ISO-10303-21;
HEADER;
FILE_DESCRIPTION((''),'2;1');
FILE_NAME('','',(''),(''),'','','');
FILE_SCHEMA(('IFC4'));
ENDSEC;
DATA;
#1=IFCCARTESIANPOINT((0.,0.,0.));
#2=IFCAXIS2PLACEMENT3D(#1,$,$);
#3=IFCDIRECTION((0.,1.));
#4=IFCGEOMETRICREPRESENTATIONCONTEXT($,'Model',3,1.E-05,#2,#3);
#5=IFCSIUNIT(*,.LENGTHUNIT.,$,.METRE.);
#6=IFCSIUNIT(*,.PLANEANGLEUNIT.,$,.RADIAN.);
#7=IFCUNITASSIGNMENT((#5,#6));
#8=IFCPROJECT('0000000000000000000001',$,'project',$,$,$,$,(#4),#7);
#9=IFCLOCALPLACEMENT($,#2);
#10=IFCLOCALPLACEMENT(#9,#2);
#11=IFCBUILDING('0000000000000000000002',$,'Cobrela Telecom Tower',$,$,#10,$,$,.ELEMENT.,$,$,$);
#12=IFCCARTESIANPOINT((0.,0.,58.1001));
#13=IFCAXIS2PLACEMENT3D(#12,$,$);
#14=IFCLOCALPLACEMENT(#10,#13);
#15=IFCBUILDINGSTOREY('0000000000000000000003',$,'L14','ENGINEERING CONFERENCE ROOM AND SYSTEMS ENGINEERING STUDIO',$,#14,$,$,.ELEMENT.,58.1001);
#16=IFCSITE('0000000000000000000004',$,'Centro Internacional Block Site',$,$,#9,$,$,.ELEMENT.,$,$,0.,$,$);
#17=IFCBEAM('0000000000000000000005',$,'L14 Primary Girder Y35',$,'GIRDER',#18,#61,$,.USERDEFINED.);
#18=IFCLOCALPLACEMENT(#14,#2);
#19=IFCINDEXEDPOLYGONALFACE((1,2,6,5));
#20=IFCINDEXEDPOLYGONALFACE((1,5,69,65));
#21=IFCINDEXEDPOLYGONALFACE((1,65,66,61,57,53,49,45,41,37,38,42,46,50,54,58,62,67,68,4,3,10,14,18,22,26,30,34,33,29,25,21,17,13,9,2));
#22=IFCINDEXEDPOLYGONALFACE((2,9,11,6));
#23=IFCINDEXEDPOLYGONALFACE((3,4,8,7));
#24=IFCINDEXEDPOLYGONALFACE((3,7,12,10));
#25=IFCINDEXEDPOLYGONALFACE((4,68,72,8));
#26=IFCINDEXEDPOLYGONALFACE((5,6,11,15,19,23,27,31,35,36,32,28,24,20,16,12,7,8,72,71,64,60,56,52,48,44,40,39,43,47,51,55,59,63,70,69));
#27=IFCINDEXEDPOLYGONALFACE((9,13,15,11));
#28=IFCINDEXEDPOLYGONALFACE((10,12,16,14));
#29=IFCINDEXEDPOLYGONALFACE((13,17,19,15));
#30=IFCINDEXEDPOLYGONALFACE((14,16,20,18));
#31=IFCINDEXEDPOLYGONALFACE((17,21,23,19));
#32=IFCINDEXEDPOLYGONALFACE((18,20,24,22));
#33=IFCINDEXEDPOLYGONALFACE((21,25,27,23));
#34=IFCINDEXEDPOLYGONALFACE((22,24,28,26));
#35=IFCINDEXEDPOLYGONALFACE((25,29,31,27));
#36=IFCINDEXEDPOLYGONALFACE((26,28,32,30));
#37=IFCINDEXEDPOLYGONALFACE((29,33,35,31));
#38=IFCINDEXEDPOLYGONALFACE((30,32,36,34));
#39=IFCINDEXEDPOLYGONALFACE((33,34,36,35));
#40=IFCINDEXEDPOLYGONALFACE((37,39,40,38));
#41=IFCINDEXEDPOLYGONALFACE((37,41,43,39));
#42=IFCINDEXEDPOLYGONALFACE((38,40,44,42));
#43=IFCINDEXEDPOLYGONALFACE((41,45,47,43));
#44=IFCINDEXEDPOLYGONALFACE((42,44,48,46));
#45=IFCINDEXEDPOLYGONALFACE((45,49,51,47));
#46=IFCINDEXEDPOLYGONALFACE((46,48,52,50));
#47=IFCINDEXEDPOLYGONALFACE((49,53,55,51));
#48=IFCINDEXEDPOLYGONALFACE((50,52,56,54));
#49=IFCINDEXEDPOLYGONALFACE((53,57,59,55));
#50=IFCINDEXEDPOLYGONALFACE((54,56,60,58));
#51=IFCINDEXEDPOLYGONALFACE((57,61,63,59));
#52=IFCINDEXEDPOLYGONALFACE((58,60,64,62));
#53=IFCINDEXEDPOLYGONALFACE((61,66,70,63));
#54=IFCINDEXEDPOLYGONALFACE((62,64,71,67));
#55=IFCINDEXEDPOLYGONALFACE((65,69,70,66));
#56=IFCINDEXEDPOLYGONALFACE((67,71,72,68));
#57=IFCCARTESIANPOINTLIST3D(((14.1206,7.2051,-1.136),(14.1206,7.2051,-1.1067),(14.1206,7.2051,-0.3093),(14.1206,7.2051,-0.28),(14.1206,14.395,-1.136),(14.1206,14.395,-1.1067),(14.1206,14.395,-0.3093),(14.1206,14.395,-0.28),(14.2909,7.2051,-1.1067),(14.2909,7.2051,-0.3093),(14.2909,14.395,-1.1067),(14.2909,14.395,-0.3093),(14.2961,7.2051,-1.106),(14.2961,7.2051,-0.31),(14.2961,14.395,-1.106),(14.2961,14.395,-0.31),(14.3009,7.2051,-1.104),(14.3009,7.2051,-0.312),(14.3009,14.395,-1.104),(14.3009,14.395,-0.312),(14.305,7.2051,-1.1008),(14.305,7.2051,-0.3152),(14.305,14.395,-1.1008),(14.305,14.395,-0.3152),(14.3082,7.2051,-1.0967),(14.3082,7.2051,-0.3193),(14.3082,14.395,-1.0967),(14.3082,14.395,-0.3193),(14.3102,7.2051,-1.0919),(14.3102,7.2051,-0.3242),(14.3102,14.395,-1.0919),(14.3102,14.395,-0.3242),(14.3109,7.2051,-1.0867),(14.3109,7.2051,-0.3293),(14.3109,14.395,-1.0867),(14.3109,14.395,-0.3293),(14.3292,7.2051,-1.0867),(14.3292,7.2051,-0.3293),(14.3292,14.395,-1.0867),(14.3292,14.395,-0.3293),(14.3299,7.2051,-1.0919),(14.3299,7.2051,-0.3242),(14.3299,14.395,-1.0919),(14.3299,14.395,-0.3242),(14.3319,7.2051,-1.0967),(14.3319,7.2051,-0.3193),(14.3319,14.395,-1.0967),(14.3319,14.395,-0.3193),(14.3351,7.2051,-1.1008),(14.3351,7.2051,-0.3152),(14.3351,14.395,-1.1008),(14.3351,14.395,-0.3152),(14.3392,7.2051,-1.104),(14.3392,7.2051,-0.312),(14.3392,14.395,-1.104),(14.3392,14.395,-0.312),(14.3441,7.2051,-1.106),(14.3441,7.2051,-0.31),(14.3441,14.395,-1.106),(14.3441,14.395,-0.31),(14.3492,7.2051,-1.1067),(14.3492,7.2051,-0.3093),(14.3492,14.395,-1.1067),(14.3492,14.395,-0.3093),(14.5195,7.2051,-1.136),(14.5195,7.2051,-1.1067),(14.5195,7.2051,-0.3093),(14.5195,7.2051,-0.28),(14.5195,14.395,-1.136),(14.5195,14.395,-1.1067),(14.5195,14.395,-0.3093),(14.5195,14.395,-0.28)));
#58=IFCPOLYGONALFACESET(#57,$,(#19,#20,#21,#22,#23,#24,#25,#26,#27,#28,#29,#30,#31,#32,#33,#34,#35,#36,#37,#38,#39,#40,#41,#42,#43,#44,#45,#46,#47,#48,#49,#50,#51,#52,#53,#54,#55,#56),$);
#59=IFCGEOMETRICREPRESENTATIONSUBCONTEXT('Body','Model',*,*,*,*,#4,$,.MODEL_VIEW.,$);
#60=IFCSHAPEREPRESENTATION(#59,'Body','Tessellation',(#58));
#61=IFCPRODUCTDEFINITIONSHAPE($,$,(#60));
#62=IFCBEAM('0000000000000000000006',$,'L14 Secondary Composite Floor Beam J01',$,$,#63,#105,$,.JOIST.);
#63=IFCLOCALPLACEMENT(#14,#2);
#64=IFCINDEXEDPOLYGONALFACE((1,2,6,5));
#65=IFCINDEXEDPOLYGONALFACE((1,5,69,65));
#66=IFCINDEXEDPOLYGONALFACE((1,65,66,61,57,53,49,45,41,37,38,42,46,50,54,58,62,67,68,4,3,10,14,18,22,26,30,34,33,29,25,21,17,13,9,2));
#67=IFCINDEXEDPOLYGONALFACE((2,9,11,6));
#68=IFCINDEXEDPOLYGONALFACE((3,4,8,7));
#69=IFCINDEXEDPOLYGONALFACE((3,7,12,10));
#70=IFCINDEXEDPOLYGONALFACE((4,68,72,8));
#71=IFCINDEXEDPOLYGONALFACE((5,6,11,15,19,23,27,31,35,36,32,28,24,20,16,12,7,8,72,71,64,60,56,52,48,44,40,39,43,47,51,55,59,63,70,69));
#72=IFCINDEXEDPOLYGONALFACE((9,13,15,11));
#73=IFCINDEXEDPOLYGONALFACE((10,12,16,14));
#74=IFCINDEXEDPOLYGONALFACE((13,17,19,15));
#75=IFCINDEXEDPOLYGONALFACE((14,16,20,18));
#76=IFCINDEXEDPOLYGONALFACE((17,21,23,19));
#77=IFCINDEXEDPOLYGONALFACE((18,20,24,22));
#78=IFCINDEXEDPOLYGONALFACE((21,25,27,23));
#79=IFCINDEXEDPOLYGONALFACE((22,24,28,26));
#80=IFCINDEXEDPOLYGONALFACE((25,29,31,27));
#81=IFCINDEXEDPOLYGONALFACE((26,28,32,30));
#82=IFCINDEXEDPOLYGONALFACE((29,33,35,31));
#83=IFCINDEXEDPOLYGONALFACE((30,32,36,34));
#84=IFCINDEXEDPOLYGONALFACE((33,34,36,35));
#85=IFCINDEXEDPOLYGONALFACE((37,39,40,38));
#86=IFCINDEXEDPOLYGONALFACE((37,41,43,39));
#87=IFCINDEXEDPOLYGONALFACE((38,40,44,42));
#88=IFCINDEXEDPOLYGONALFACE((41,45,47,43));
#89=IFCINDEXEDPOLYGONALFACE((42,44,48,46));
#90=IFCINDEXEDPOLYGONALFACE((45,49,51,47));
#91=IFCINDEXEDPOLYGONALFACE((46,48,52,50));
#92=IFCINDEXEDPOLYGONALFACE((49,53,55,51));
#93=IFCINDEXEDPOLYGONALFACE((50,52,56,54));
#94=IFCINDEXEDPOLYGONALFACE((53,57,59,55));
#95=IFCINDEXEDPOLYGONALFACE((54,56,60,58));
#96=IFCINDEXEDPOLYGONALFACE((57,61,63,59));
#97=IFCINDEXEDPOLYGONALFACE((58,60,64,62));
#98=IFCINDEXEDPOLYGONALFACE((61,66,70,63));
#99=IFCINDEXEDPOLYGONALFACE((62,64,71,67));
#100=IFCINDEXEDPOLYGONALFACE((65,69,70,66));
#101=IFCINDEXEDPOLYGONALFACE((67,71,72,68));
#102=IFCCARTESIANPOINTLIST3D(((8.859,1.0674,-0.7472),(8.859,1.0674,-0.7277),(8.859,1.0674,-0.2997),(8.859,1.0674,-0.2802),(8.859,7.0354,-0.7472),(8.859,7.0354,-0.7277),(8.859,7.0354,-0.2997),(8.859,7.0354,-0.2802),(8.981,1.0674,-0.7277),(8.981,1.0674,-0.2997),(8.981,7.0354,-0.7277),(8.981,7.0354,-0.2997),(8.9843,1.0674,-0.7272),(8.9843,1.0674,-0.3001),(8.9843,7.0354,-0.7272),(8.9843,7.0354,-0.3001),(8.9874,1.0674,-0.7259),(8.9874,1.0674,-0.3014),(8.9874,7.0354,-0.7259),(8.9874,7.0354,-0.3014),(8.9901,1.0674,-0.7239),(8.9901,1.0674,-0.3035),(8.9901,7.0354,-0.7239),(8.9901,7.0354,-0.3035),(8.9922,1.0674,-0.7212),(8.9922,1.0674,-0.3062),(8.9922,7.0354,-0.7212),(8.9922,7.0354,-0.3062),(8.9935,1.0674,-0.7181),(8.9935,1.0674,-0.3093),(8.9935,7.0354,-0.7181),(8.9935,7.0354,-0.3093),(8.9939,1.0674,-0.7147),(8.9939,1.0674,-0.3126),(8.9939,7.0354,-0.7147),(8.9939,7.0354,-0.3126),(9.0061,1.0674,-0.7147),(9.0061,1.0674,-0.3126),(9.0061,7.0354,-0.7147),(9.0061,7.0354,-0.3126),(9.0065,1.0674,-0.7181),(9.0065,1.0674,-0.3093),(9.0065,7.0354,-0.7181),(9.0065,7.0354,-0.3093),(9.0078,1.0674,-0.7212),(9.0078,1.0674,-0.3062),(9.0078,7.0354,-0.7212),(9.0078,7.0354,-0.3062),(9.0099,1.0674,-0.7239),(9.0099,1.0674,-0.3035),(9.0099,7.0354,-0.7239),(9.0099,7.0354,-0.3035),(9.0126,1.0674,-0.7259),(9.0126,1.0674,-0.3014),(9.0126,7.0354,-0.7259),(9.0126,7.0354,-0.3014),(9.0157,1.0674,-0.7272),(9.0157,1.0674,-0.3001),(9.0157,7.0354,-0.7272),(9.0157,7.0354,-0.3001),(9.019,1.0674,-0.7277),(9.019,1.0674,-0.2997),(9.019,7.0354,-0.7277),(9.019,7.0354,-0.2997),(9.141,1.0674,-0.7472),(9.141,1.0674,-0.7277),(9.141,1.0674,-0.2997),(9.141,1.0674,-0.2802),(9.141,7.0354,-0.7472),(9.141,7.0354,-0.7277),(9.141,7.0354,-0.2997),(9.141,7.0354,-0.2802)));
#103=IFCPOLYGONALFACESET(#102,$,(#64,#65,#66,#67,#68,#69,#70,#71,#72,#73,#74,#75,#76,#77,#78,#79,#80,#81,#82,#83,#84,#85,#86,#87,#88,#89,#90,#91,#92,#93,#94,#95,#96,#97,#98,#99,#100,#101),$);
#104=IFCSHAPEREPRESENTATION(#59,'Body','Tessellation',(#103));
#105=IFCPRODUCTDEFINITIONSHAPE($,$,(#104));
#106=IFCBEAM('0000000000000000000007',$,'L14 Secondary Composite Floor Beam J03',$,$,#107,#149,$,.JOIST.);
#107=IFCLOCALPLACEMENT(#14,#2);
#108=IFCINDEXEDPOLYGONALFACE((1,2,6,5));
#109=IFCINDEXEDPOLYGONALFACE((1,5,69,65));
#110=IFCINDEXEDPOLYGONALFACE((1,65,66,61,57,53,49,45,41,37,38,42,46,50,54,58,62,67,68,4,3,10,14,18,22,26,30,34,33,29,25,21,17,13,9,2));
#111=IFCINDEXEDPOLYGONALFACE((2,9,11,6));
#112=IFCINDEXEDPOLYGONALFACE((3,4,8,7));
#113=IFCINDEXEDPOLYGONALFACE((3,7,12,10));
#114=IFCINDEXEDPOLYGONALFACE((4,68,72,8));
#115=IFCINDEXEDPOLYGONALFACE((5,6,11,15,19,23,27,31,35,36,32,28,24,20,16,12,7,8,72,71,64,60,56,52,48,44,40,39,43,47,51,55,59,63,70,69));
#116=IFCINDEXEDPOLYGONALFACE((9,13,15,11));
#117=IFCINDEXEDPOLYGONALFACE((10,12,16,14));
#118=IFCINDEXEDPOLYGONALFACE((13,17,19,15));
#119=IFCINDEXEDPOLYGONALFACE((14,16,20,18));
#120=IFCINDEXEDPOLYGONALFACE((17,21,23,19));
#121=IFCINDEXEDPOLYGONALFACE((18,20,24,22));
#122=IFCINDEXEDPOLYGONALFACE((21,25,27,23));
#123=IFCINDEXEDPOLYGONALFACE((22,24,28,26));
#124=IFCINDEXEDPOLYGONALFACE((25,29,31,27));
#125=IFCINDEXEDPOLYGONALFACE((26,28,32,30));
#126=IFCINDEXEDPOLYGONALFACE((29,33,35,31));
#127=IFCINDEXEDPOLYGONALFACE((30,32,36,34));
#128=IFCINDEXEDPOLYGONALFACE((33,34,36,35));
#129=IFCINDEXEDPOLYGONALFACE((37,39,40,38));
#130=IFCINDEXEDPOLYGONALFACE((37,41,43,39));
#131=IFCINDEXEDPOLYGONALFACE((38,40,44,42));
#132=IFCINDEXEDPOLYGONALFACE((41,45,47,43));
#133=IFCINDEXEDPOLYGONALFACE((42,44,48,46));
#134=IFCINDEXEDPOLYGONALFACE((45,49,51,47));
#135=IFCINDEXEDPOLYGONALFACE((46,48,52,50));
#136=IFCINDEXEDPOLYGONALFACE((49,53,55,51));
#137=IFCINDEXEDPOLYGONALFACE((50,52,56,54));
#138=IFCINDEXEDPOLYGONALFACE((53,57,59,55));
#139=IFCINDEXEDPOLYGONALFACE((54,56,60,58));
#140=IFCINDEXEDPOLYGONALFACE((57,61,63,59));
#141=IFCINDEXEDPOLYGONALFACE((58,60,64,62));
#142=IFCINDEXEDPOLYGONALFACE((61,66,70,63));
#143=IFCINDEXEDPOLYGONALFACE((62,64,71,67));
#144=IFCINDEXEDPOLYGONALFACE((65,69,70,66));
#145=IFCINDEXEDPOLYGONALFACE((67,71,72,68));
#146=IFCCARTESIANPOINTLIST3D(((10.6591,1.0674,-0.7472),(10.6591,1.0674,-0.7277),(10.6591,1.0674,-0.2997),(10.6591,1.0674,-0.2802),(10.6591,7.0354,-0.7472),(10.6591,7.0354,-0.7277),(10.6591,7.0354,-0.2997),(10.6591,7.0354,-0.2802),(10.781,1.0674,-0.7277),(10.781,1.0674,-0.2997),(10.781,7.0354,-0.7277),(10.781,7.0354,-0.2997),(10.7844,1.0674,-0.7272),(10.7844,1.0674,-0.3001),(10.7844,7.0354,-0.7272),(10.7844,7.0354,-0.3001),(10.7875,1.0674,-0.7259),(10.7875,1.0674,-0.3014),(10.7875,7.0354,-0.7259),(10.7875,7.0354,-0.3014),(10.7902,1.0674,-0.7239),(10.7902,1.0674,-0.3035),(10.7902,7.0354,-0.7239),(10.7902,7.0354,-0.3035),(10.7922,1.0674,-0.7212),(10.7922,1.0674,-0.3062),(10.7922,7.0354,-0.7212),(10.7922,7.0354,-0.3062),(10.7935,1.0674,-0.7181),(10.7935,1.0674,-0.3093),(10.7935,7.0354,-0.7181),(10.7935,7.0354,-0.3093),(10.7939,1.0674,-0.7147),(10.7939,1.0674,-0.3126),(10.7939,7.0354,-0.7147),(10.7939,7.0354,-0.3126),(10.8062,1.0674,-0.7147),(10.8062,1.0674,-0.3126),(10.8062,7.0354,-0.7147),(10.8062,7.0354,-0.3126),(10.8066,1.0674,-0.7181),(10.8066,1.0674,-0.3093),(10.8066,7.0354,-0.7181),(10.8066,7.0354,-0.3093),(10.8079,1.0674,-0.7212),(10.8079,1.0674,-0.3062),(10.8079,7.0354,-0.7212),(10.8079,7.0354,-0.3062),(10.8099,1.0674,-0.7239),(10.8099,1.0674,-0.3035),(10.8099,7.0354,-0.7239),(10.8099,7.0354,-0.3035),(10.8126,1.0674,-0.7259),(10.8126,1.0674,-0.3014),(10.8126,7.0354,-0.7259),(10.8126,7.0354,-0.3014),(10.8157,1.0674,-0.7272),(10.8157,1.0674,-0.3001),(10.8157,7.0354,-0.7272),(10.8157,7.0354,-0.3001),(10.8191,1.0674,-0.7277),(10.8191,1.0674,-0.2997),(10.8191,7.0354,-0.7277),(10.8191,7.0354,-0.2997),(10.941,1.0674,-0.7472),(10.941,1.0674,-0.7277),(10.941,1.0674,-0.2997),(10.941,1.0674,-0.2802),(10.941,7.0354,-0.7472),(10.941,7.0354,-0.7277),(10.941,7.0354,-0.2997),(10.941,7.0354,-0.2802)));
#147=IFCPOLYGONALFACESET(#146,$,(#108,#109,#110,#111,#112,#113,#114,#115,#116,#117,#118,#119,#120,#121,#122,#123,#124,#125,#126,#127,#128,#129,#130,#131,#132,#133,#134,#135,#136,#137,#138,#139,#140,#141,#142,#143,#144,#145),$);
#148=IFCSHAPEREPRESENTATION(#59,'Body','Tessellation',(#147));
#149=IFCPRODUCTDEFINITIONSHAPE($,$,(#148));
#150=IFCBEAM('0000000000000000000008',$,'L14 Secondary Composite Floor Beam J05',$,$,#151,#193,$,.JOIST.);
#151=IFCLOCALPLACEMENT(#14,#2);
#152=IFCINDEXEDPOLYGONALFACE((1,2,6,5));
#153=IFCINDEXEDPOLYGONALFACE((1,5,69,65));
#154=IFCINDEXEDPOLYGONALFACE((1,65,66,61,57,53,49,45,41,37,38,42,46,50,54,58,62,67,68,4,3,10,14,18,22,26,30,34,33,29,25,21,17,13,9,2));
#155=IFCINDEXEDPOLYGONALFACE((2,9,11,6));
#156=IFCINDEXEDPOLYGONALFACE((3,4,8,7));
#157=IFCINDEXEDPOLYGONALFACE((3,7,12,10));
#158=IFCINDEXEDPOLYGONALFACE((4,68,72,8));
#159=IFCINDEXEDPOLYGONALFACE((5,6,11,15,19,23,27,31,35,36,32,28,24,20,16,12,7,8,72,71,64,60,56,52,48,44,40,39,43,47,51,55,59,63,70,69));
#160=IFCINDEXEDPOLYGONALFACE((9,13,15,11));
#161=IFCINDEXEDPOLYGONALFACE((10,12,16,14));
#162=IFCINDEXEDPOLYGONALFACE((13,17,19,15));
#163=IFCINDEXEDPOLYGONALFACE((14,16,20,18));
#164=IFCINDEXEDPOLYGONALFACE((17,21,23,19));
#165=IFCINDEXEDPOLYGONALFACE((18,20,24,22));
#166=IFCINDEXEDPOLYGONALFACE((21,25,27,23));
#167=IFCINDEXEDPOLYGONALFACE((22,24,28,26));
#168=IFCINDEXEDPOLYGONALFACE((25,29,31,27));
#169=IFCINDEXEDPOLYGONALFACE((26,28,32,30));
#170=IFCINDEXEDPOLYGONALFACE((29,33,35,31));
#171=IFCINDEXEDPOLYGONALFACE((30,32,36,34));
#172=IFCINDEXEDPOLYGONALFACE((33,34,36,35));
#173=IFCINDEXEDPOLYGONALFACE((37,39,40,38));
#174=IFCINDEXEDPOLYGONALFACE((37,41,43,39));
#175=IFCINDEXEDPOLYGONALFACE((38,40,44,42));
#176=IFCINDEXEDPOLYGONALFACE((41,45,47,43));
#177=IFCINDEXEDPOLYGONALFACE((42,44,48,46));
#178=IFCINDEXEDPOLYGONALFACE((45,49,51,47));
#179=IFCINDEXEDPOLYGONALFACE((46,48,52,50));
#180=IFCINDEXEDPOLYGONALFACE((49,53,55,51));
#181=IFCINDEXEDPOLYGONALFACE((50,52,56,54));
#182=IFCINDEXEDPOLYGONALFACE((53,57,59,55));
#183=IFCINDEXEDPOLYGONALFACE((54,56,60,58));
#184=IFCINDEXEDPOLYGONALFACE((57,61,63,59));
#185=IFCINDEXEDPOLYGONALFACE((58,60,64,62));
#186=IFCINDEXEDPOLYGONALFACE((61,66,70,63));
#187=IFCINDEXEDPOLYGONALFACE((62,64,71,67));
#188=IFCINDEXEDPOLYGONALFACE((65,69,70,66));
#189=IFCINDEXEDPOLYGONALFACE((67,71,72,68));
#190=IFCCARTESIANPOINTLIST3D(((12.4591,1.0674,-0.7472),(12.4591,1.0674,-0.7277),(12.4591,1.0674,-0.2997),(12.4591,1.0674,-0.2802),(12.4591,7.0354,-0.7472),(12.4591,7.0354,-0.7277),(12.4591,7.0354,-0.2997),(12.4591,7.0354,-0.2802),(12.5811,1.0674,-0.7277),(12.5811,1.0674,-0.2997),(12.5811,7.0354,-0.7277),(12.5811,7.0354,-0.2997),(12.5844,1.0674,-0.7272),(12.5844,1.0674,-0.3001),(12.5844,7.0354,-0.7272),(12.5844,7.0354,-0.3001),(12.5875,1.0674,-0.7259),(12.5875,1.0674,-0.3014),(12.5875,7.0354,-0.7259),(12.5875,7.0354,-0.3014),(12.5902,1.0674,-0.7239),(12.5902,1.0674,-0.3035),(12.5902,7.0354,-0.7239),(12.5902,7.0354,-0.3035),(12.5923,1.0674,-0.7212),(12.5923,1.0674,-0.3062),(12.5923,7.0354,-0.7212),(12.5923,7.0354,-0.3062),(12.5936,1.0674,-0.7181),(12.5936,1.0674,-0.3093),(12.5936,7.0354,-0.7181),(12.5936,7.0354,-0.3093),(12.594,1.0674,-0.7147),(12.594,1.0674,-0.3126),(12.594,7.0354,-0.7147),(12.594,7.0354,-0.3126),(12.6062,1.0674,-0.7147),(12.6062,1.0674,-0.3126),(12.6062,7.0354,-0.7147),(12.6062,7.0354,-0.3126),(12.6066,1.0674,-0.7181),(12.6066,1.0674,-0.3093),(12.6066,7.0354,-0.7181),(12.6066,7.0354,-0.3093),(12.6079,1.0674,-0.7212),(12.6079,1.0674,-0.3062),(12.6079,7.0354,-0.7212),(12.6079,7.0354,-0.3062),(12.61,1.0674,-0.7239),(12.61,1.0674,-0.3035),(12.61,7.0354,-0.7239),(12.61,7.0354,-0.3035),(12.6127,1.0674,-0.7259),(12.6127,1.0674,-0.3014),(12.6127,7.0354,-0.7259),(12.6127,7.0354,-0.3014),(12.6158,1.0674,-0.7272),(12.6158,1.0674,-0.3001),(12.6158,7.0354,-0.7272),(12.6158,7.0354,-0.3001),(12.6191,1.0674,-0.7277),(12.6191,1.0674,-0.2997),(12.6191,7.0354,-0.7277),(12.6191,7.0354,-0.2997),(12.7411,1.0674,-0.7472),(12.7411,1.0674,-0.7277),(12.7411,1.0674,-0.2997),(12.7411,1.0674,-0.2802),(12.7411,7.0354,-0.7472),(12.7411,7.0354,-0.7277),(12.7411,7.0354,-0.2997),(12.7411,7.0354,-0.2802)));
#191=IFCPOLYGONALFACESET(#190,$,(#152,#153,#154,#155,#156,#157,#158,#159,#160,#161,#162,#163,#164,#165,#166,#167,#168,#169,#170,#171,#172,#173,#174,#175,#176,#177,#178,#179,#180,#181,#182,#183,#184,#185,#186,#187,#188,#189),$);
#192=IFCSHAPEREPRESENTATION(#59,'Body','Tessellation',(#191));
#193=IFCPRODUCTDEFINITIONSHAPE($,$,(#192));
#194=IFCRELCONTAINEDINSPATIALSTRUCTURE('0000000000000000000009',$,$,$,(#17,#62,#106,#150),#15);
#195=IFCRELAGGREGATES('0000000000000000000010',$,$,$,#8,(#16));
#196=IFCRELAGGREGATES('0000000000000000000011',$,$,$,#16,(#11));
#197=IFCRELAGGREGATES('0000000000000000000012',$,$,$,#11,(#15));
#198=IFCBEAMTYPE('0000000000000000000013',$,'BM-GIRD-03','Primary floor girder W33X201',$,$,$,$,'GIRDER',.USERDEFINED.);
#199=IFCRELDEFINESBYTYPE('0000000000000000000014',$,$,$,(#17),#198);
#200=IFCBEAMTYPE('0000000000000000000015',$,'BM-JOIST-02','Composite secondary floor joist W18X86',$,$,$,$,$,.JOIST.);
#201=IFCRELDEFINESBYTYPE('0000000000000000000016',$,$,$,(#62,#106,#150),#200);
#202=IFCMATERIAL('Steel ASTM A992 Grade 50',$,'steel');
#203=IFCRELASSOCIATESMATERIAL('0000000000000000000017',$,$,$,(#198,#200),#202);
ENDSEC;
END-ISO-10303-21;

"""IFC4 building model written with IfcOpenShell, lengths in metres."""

from ifc_helpers import new_model, si_unit, direction, frame, origin, origin_2d, place, context, subcontext, project, spatial, i_section, extrude, material, material_profile, profile_set, type_object, element, save


model = new_model("IFC4")

# Units and contexts
model_context = context("Model", 3, precision=1e-05, world=origin(), true_north=direction((0.0, 1.0)))
body_context = subcontext(model_context, "Body", "Model", "MODEL_VIEW")
ifc_project = project(units=[si_unit("LENGTHUNIT", "METRE"), si_unit("PLANEANGLEUNIT", "RADIAN")], contexts=[model_context])

# Site, building, storey
site_placement = place(None, origin())
site = spatial("IfcSite", under=ifc_project, at=site_placement, Name="Centro Internacional Block Site", CompositionType="ELEMENT", RefElevation=0.0)
building_placement = place(site_placement, origin())
building = spatial("IfcBuilding", under=site, at=building_placement, Name="Cobrela Telecom Tower", CompositionType="ELEMENT")
storey_placement = place(building_placement, frame((0.0, 0.0, 58.1001)))
storey = spatial("IfcBuildingStorey", under=building, at=storey_placement, Name="L14", Description="ENGINEERING CONFERENCE ROOM AND SYSTEMS ENGINEERING STUDIO", CompositionType="ELEMENT", Elevation=58.1001)

# Beams
ifc_material_1 = material(Name="Steel ASTM A992 Grade 50", Category="steel")
ifc_material_profile_1 = material_profile(ifc_material_1, i_section(OverallWidth=0.3989, OverallDepth=0.856, WebThickness=0.0183, FlangeThickness=0.0293, FilletRadius=0.02, at=origin_2d()), Name="W33X201")
ifc_profile_set_1 = profile_set([ifc_material_profile_1], Name="Steel ASTM A992 Grade 50")
beam_type_1 = type_object("IfcBeamType", Name="BM-GIRD-03", Description="Primary floor girder W33X201", ElementType="GIRDER", PredefinedType="USERDEFINED", material=ifc_profile_set_1)
beam_1_placement = place(storey_placement, frame((14.3201, 7.2051, -0.708), z_axis=(0.0, 1.0, 0.0), x_axis=(-1.0, 0.0, 0.0)))
element("IfcBeam", 1, at=beam_1_placement, inside=storey, type_object=beam_type_1, Name="L14 Primary Girder Y35", ObjectType="GIRDER", PredefinedType="USERDEFINED", context=body_context, shape_type="SweptSolid", body=[
    extrude(i_section(OverallWidth=0.3989, OverallDepth=0.856, WebThickness=0.0183, FlangeThickness=0.0293, FilletRadius=0.02, at=origin_2d()), origin(), (0.0, 0.0, 1.0), 7.1899),
])
ifc_material_profile_2 = material_profile(ifc_material_1, i_section(OverallWidth=0.282, OverallDepth=0.467, WebThickness=0.0122, FlangeThickness=0.0195, FilletRadius=0.0129, at=origin_2d()), Name="W18X86")
ifc_profile_set_2 = profile_set([ifc_material_profile_2], Name="Steel ASTM A992 Grade 50")
beam_type_2 = type_object("IfcBeamType", Name="BM-JOIST-02", Description="Composite secondary floor joist W18X86", PredefinedType="JOIST", material=ifc_profile_set_2)
for number, where, z_axis, x_axis, name in (
    (2, (9.0, 1.0674, -0.5137), (0.0, 1.0, 0.0), (-1.0, 0.0, 0.0), "L14 Secondary Composite Floor Beam J01"),
    (3, (10.8, 1.0674, -0.5137), (0.0, 1.0, 0.0), (-1.0, 0.0, 0.0), "L14 Secondary Composite Floor Beam J03"),
    (4, (12.6001, 1.0674, -0.5137), (0.0, 1.0, 0.0), (-1.0, 0.0, 0.0), "L14 Secondary Composite Floor Beam J05"),
):
    element("IfcBeam", number, at=place(storey_placement, frame(where, z_axis=z_axis, x_axis=x_axis)), inside=storey, type_object=beam_type_2, Name=name, PredefinedType="JOIST", context=body_context, shape_type="SweptSolid", body=[
        extrude(i_section(OverallWidth=0.282, OverallDepth=0.467, WebThickness=0.0122, FlangeThickness=0.0195, FilletRadius=0.0129, at=origin_2d()), origin(), (0.0, 0.0, 1.0), 5.968),
    ])

save(model, "model.ifc")
